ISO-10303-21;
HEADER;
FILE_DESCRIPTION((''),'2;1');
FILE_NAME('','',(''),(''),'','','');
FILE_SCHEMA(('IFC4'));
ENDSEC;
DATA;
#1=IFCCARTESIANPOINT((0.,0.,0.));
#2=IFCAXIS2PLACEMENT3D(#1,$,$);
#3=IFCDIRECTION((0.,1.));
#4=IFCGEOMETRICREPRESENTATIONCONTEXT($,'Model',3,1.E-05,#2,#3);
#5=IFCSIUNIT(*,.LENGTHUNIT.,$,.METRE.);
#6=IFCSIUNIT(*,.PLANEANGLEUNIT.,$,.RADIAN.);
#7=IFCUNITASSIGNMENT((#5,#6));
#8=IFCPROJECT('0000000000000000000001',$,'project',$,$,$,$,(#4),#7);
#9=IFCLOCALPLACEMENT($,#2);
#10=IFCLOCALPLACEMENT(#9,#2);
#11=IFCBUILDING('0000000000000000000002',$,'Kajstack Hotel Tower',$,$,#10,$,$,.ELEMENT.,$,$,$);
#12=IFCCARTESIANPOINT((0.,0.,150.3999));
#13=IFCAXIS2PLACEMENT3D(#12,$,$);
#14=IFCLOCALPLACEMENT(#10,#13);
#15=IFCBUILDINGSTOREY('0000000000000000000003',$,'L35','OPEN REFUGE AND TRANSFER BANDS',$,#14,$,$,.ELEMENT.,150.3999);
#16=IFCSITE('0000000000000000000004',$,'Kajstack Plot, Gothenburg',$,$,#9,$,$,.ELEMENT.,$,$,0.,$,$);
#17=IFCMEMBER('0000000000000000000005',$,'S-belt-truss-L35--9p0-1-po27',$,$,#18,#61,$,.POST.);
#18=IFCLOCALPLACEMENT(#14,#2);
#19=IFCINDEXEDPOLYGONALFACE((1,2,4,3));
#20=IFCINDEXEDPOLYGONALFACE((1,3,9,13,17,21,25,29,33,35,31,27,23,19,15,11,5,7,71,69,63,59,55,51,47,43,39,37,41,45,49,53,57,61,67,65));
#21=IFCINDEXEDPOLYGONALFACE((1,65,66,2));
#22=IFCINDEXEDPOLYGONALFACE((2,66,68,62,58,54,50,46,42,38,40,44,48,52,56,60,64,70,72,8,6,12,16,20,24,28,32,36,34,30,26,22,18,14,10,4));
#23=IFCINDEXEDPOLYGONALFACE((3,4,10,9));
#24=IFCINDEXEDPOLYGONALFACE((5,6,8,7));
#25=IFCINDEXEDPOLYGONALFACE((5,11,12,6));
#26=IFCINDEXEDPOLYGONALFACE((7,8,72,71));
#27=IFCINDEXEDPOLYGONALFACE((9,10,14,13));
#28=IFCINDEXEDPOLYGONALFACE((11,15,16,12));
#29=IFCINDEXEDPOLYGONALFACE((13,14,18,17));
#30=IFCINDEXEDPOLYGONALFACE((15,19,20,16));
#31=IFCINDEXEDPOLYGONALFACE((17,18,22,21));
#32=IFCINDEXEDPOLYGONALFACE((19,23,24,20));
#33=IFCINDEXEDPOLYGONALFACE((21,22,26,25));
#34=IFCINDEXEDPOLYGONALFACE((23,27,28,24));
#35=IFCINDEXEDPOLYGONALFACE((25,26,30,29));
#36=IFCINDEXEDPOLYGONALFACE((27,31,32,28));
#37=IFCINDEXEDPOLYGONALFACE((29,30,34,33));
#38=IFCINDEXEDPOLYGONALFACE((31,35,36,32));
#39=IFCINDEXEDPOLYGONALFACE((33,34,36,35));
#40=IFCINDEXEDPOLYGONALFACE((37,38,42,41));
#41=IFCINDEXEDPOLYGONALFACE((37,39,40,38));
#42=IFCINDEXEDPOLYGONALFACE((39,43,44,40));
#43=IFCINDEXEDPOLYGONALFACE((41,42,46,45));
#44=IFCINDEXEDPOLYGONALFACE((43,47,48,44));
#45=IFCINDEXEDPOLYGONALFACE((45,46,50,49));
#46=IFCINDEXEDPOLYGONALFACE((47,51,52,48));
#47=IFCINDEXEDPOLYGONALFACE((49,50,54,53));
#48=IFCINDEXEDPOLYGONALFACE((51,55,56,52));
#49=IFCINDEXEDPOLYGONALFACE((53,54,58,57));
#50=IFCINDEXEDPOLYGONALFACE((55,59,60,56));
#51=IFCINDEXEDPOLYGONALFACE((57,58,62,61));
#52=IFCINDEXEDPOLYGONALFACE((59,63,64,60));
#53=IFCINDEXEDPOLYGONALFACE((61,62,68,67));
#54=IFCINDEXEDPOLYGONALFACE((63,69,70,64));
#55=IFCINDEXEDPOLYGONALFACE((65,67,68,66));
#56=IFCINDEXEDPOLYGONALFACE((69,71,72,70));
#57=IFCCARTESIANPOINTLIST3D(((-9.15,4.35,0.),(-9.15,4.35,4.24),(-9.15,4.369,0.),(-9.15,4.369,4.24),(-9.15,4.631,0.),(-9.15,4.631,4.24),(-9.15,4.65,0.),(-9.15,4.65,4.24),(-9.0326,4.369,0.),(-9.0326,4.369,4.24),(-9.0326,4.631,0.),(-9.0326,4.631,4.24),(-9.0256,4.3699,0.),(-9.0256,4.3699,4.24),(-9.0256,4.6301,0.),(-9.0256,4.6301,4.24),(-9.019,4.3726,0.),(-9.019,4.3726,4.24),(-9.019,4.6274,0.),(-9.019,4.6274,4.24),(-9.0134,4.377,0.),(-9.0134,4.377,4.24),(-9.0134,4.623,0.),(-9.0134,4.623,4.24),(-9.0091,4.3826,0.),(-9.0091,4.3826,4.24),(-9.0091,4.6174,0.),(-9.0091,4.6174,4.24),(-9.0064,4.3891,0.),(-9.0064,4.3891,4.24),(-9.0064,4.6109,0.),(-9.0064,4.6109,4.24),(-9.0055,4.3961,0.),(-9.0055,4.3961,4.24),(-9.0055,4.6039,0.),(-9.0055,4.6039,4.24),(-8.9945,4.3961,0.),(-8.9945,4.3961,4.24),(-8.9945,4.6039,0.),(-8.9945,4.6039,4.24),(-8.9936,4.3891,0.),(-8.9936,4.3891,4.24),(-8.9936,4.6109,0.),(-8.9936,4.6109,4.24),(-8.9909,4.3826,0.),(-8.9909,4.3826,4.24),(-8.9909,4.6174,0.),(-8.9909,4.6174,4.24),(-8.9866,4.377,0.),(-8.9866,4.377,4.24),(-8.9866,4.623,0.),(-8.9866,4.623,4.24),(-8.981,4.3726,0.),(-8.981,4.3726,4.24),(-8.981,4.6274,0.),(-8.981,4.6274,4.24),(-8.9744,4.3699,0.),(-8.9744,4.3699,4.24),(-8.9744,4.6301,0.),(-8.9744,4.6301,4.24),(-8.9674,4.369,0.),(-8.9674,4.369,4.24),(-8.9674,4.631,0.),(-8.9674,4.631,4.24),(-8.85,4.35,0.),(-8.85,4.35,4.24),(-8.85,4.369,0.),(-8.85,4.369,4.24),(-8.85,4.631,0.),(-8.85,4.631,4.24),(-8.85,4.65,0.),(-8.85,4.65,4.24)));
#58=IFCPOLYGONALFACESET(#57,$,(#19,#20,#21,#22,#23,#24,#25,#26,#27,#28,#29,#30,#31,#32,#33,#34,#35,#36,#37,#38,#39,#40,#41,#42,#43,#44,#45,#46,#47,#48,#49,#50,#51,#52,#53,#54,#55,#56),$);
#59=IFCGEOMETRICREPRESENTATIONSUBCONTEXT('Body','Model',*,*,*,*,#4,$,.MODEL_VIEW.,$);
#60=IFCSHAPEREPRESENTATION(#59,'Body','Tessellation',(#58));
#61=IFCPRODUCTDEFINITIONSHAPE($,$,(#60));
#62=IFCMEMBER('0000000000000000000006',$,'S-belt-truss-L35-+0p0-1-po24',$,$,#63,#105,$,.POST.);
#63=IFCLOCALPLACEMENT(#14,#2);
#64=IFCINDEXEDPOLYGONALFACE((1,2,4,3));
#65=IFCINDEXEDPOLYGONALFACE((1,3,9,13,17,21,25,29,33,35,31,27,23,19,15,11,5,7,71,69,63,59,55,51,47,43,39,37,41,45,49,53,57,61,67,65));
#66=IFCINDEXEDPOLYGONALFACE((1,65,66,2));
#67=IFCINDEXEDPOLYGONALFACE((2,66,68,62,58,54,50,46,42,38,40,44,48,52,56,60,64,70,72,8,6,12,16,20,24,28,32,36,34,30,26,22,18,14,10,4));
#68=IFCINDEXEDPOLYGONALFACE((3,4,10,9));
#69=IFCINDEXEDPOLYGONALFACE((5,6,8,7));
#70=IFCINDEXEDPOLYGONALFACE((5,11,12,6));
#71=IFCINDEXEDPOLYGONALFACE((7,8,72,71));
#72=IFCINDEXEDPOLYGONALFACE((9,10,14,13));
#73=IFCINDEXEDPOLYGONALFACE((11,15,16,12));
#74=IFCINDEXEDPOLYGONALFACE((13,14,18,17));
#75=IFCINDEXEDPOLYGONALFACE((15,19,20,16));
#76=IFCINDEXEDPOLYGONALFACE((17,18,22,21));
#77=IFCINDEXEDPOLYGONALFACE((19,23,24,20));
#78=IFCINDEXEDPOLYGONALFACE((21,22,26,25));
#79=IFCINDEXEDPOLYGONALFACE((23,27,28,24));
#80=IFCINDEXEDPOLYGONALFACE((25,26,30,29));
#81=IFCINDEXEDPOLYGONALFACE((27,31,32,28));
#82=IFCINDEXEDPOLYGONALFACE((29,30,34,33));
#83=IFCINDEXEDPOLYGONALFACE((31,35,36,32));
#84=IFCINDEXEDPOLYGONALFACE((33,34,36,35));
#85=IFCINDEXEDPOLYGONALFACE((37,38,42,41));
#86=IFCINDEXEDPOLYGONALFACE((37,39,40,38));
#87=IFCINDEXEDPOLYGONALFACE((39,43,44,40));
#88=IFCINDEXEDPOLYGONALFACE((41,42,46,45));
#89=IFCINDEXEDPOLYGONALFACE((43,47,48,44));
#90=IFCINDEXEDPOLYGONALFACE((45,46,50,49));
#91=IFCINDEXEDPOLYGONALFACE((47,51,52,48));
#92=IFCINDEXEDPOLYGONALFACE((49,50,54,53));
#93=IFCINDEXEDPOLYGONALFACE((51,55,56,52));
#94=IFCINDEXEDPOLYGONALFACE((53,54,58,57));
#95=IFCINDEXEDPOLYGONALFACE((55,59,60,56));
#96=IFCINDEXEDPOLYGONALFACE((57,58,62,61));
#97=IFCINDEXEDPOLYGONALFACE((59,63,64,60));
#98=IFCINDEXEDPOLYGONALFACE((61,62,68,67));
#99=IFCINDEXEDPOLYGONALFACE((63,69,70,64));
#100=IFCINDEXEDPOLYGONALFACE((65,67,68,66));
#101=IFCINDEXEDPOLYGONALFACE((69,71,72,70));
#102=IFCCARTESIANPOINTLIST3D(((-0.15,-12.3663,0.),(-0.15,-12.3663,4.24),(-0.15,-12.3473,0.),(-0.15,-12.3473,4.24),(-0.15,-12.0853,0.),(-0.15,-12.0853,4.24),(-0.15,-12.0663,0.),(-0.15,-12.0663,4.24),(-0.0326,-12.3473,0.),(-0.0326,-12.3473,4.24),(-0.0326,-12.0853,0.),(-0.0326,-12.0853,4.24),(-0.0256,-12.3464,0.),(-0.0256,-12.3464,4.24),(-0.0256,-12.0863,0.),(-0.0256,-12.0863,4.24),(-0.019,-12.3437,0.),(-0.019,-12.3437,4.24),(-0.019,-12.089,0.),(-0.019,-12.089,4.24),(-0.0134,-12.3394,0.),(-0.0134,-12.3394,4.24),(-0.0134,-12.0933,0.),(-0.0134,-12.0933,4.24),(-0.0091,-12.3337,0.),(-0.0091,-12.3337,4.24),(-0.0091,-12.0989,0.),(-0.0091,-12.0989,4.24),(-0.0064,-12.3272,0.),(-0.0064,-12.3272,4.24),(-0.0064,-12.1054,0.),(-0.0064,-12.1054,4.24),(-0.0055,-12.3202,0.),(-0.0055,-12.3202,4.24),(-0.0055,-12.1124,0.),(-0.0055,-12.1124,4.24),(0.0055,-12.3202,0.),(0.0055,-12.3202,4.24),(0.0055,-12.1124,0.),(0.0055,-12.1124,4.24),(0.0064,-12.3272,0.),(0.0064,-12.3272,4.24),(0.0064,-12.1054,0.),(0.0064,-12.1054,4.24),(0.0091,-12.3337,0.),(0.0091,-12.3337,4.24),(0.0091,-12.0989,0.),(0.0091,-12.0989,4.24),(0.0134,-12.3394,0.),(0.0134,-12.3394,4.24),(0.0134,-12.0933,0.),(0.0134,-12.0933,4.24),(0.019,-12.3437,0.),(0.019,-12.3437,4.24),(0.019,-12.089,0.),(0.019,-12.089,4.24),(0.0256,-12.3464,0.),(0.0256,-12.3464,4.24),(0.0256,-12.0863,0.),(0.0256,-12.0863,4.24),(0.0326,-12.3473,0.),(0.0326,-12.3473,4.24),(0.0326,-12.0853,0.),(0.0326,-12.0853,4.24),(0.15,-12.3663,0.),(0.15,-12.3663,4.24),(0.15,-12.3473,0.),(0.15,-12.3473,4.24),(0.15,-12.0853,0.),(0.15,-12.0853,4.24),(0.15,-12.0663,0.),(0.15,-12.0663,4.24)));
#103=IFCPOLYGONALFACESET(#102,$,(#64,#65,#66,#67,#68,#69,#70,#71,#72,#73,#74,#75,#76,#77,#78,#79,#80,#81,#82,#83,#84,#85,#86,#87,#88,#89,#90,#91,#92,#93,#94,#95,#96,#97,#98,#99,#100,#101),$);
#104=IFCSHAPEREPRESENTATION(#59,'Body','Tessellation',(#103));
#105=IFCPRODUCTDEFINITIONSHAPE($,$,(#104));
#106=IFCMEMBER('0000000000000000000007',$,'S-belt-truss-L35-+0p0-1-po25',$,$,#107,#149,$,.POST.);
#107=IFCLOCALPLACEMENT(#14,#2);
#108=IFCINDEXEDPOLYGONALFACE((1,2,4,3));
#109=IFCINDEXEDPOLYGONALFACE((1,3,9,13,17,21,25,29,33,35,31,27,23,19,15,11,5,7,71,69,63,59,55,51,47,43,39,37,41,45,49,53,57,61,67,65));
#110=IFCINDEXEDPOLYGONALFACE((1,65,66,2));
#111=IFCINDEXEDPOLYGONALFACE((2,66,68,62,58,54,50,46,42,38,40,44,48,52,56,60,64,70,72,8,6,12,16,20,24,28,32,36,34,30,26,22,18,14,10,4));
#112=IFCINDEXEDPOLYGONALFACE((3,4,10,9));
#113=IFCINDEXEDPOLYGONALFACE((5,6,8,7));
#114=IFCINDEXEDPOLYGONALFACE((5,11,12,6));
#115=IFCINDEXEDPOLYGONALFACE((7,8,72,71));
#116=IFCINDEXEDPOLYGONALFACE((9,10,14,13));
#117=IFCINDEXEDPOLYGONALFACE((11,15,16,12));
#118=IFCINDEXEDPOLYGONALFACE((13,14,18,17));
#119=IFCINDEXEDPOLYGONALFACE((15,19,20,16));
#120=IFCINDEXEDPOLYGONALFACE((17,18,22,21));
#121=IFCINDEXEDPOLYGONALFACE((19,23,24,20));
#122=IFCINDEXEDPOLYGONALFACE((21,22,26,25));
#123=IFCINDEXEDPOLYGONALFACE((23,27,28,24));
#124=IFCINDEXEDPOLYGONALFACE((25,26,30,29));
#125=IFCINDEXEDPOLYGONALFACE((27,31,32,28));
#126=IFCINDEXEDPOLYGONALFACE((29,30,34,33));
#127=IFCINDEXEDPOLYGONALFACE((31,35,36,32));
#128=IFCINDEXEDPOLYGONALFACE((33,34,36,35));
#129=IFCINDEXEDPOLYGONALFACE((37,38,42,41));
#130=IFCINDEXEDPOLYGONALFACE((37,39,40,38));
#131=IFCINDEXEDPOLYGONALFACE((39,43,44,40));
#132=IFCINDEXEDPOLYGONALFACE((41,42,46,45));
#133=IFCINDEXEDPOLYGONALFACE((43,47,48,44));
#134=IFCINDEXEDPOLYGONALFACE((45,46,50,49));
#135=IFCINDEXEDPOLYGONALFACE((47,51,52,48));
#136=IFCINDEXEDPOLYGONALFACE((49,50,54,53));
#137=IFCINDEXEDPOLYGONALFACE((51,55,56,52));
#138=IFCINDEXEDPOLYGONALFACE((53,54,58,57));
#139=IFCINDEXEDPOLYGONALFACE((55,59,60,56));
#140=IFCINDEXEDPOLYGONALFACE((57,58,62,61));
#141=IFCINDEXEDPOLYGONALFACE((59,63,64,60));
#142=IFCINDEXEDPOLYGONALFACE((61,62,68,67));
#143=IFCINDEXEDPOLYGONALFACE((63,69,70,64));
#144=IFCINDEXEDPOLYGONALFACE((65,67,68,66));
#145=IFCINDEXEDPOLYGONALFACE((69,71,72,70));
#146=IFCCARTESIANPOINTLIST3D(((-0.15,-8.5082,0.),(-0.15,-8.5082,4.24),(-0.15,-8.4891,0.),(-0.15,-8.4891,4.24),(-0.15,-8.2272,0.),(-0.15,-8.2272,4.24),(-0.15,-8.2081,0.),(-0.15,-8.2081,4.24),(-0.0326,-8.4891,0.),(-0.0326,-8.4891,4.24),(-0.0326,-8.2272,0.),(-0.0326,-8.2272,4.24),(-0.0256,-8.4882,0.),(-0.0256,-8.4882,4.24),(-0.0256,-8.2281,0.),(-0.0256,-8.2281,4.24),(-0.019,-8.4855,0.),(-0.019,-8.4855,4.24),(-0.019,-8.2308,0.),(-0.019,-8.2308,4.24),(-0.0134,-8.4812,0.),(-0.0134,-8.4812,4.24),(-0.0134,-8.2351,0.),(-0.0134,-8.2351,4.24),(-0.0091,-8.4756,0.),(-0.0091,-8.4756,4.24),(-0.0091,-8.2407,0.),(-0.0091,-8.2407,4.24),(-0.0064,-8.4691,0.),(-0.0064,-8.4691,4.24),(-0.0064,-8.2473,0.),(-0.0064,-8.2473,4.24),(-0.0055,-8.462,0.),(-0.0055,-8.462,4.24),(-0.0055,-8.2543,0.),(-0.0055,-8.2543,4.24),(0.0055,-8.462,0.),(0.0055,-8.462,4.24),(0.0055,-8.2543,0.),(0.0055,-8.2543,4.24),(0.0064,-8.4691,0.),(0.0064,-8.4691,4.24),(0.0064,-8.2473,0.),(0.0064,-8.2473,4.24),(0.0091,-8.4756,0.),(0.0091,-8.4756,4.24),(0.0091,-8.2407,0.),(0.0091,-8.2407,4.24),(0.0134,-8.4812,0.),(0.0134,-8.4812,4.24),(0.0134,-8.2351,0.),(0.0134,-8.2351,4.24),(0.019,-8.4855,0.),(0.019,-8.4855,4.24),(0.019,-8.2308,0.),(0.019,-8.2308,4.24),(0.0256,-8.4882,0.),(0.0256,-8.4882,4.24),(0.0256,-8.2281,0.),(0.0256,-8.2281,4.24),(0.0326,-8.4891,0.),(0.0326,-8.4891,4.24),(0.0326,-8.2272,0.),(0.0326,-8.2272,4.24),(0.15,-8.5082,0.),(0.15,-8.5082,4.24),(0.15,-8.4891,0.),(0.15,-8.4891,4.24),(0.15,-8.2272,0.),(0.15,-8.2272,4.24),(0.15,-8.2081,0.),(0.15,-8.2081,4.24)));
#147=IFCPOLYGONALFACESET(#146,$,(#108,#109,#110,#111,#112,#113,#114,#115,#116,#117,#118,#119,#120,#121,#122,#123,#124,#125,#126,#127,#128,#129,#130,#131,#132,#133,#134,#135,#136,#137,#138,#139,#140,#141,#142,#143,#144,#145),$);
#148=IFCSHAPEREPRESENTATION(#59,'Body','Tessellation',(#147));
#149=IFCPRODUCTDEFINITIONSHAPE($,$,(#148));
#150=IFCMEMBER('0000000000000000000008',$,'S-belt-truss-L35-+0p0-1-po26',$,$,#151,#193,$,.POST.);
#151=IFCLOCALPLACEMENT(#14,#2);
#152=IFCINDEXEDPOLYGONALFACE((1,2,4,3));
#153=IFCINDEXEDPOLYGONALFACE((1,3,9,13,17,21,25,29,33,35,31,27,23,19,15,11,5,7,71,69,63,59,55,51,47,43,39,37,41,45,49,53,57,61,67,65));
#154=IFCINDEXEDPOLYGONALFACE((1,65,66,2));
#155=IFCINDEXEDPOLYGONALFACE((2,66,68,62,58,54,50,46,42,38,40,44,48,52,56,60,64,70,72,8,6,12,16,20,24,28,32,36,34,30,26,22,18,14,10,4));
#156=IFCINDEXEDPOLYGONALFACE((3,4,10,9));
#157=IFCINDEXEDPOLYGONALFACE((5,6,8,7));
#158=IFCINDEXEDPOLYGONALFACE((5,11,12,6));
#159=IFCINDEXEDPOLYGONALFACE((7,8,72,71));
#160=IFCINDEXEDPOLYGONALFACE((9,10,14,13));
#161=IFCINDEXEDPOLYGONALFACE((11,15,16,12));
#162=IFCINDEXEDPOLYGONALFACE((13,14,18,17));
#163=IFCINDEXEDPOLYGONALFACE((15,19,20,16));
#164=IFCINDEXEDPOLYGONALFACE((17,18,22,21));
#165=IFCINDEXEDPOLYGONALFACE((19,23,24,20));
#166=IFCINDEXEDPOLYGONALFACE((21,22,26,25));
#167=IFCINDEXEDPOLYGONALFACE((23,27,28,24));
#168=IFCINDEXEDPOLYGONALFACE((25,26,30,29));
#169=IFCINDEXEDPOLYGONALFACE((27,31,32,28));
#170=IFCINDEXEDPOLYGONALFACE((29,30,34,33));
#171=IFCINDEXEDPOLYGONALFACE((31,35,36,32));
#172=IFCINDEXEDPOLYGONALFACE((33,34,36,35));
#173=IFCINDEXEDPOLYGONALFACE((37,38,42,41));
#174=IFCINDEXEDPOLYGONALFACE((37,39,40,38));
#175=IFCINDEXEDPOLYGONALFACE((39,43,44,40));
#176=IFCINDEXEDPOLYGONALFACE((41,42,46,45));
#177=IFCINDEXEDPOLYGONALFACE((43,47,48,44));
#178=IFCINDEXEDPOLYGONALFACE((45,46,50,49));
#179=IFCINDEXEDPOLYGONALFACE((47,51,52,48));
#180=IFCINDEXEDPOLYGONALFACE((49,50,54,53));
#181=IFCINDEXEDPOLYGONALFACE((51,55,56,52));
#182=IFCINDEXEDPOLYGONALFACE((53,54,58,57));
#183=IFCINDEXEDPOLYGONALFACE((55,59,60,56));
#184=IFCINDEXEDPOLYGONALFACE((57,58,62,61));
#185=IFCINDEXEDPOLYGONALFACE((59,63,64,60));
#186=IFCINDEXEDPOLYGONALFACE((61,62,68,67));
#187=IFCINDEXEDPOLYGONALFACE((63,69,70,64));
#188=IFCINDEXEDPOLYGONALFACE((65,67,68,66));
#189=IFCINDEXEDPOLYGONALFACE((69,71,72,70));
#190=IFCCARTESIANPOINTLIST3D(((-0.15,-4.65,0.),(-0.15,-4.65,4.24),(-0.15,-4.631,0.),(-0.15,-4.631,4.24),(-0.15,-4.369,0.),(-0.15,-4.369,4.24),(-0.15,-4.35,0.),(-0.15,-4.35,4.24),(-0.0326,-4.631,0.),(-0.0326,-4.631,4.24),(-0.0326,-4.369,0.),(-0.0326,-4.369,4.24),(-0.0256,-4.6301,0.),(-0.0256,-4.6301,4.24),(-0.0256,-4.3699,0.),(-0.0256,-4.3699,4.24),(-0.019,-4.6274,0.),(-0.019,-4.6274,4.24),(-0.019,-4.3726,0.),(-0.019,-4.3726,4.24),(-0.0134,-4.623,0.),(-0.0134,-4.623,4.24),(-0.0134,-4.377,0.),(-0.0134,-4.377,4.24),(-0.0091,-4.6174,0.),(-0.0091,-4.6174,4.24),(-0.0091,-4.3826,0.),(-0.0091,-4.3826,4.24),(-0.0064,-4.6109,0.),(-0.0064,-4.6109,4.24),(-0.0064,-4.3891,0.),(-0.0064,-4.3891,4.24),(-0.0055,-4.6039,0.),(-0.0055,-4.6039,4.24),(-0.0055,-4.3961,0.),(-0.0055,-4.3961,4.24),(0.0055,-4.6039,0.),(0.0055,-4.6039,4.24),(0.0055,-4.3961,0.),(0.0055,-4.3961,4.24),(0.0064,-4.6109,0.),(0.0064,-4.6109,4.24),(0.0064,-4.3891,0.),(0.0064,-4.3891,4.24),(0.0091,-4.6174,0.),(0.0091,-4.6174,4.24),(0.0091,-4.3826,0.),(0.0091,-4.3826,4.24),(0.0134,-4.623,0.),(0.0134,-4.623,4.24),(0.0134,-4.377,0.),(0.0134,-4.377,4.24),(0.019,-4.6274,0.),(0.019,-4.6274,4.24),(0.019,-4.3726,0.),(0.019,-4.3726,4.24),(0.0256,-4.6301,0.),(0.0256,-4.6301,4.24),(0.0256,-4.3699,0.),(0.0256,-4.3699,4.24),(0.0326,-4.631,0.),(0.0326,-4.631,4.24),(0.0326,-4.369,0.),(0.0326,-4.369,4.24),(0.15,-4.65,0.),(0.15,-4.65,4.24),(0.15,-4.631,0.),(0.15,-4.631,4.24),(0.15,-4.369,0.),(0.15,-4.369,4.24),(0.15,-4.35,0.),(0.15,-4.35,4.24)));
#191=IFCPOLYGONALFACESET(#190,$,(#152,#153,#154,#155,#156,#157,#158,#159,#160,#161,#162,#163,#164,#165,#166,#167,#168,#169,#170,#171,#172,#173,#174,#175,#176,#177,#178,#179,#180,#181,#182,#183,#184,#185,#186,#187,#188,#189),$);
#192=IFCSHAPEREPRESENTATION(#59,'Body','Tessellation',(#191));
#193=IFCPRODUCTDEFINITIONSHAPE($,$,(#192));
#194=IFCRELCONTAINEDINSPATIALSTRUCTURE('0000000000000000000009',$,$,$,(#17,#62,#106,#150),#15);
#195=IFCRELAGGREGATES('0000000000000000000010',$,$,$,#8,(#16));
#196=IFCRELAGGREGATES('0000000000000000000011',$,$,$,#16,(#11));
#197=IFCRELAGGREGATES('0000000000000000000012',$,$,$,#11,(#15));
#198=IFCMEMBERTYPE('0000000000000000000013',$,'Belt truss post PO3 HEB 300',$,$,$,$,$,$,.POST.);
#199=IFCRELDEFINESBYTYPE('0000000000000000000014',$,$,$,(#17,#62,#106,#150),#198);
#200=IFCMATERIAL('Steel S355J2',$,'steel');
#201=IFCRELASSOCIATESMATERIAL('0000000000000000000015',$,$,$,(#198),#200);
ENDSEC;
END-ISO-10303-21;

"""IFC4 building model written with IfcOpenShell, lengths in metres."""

from ifc_helpers import new_model, si_unit, direction, frame, origin, origin_2d, place, context, subcontext, project, spatial, i_section, extrude, material, material_profile, profile_set, type_object, element, save


model = new_model("IFC4")

# Units and contexts
model_context = context("Model", 3, precision=1e-05, world=origin(), true_north=direction((0.0, 1.0)))
body_context = subcontext(model_context, "Body", "Model", "MODEL_VIEW")
ifc_project = project(units=[si_unit("LENGTHUNIT", "METRE"), si_unit("PLANEANGLEUNIT", "RADIAN")], contexts=[model_context])

# Site, building, storey
site_placement = place(None, origin())
site = spatial("IfcSite", under=ifc_project, at=site_placement, Name="Kajstack Plot, Gothenburg", CompositionType="ELEMENT", RefElevation=0.0)
building_placement = place(site_placement, origin())
building = spatial("IfcBuilding", under=site, at=building_placement, Name="Kajstack Hotel Tower", CompositionType="ELEMENT")
storey_placement = place(building_placement, frame((0.0, 0.0, 150.3999)))
storey = spatial("IfcBuildingStorey", under=building, at=storey_placement, Name="L35", Description="OPEN REFUGE AND TRANSFER BANDS", CompositionType="ELEMENT", Elevation=150.3999)

# Members
ifc_material_1 = material(Name="Steel S355J2", Category="steel")
ifc_material_profile_1 = material_profile(ifc_material_1, i_section(OverallWidth=0.3, OverallDepth=0.3, WebThickness=0.011, FlangeThickness=0.019, FilletRadius=0.0271, at=origin_2d()), Name="HEB 300")
ifc_profile_set_1 = profile_set([ifc_material_profile_1], Name="Steel S355J2")
member_type_1 = type_object("IfcMemberType", Name="Belt truss post PO3 HEB 300", PredefinedType="POST", material=ifc_profile_set_1)
for number, where, z_axis, x_axis, name in (
    (1, (-9.0, 4.5, 0.0), (0.0, 0.0, 1.0), (1.0, 0.0, 0.0), "S-belt-truss-L35--9p0-1-po27"),
    (2, (0.0, -12.2163, 0.0), (0.0, 0.0, 1.0), (1.0, 0.0, 0.0), "S-belt-truss-L35-+0p0-1-po24"),
    (3, (0.0, -8.3582, 0.0), (0.0, 0.0, 1.0), (1.0, 0.0, 0.0), "S-belt-truss-L35-+0p0-1-po25"),
    (4, (0.0, -4.5, 0.0), (0.0, 0.0, 1.0), (1.0, 0.0, 0.0), "S-belt-truss-L35-+0p0-1-po26"),
):
    element("IfcMember", number, at=place(storey_placement, frame(where, z_axis=z_axis, x_axis=x_axis)), inside=storey, type_object=member_type_1, Name=name, PredefinedType="POST", context=body_context, shape_type="SweptSolid", body=[
        extrude(i_section(OverallWidth=0.3, OverallDepth=0.3, WebThickness=0.011, FlangeThickness=0.019, FilletRadius=0.0271, at=origin_2d()), origin(), (0.0, 0.0, 1.0), 4.24),
    ])

save(model, "model.ifc")
